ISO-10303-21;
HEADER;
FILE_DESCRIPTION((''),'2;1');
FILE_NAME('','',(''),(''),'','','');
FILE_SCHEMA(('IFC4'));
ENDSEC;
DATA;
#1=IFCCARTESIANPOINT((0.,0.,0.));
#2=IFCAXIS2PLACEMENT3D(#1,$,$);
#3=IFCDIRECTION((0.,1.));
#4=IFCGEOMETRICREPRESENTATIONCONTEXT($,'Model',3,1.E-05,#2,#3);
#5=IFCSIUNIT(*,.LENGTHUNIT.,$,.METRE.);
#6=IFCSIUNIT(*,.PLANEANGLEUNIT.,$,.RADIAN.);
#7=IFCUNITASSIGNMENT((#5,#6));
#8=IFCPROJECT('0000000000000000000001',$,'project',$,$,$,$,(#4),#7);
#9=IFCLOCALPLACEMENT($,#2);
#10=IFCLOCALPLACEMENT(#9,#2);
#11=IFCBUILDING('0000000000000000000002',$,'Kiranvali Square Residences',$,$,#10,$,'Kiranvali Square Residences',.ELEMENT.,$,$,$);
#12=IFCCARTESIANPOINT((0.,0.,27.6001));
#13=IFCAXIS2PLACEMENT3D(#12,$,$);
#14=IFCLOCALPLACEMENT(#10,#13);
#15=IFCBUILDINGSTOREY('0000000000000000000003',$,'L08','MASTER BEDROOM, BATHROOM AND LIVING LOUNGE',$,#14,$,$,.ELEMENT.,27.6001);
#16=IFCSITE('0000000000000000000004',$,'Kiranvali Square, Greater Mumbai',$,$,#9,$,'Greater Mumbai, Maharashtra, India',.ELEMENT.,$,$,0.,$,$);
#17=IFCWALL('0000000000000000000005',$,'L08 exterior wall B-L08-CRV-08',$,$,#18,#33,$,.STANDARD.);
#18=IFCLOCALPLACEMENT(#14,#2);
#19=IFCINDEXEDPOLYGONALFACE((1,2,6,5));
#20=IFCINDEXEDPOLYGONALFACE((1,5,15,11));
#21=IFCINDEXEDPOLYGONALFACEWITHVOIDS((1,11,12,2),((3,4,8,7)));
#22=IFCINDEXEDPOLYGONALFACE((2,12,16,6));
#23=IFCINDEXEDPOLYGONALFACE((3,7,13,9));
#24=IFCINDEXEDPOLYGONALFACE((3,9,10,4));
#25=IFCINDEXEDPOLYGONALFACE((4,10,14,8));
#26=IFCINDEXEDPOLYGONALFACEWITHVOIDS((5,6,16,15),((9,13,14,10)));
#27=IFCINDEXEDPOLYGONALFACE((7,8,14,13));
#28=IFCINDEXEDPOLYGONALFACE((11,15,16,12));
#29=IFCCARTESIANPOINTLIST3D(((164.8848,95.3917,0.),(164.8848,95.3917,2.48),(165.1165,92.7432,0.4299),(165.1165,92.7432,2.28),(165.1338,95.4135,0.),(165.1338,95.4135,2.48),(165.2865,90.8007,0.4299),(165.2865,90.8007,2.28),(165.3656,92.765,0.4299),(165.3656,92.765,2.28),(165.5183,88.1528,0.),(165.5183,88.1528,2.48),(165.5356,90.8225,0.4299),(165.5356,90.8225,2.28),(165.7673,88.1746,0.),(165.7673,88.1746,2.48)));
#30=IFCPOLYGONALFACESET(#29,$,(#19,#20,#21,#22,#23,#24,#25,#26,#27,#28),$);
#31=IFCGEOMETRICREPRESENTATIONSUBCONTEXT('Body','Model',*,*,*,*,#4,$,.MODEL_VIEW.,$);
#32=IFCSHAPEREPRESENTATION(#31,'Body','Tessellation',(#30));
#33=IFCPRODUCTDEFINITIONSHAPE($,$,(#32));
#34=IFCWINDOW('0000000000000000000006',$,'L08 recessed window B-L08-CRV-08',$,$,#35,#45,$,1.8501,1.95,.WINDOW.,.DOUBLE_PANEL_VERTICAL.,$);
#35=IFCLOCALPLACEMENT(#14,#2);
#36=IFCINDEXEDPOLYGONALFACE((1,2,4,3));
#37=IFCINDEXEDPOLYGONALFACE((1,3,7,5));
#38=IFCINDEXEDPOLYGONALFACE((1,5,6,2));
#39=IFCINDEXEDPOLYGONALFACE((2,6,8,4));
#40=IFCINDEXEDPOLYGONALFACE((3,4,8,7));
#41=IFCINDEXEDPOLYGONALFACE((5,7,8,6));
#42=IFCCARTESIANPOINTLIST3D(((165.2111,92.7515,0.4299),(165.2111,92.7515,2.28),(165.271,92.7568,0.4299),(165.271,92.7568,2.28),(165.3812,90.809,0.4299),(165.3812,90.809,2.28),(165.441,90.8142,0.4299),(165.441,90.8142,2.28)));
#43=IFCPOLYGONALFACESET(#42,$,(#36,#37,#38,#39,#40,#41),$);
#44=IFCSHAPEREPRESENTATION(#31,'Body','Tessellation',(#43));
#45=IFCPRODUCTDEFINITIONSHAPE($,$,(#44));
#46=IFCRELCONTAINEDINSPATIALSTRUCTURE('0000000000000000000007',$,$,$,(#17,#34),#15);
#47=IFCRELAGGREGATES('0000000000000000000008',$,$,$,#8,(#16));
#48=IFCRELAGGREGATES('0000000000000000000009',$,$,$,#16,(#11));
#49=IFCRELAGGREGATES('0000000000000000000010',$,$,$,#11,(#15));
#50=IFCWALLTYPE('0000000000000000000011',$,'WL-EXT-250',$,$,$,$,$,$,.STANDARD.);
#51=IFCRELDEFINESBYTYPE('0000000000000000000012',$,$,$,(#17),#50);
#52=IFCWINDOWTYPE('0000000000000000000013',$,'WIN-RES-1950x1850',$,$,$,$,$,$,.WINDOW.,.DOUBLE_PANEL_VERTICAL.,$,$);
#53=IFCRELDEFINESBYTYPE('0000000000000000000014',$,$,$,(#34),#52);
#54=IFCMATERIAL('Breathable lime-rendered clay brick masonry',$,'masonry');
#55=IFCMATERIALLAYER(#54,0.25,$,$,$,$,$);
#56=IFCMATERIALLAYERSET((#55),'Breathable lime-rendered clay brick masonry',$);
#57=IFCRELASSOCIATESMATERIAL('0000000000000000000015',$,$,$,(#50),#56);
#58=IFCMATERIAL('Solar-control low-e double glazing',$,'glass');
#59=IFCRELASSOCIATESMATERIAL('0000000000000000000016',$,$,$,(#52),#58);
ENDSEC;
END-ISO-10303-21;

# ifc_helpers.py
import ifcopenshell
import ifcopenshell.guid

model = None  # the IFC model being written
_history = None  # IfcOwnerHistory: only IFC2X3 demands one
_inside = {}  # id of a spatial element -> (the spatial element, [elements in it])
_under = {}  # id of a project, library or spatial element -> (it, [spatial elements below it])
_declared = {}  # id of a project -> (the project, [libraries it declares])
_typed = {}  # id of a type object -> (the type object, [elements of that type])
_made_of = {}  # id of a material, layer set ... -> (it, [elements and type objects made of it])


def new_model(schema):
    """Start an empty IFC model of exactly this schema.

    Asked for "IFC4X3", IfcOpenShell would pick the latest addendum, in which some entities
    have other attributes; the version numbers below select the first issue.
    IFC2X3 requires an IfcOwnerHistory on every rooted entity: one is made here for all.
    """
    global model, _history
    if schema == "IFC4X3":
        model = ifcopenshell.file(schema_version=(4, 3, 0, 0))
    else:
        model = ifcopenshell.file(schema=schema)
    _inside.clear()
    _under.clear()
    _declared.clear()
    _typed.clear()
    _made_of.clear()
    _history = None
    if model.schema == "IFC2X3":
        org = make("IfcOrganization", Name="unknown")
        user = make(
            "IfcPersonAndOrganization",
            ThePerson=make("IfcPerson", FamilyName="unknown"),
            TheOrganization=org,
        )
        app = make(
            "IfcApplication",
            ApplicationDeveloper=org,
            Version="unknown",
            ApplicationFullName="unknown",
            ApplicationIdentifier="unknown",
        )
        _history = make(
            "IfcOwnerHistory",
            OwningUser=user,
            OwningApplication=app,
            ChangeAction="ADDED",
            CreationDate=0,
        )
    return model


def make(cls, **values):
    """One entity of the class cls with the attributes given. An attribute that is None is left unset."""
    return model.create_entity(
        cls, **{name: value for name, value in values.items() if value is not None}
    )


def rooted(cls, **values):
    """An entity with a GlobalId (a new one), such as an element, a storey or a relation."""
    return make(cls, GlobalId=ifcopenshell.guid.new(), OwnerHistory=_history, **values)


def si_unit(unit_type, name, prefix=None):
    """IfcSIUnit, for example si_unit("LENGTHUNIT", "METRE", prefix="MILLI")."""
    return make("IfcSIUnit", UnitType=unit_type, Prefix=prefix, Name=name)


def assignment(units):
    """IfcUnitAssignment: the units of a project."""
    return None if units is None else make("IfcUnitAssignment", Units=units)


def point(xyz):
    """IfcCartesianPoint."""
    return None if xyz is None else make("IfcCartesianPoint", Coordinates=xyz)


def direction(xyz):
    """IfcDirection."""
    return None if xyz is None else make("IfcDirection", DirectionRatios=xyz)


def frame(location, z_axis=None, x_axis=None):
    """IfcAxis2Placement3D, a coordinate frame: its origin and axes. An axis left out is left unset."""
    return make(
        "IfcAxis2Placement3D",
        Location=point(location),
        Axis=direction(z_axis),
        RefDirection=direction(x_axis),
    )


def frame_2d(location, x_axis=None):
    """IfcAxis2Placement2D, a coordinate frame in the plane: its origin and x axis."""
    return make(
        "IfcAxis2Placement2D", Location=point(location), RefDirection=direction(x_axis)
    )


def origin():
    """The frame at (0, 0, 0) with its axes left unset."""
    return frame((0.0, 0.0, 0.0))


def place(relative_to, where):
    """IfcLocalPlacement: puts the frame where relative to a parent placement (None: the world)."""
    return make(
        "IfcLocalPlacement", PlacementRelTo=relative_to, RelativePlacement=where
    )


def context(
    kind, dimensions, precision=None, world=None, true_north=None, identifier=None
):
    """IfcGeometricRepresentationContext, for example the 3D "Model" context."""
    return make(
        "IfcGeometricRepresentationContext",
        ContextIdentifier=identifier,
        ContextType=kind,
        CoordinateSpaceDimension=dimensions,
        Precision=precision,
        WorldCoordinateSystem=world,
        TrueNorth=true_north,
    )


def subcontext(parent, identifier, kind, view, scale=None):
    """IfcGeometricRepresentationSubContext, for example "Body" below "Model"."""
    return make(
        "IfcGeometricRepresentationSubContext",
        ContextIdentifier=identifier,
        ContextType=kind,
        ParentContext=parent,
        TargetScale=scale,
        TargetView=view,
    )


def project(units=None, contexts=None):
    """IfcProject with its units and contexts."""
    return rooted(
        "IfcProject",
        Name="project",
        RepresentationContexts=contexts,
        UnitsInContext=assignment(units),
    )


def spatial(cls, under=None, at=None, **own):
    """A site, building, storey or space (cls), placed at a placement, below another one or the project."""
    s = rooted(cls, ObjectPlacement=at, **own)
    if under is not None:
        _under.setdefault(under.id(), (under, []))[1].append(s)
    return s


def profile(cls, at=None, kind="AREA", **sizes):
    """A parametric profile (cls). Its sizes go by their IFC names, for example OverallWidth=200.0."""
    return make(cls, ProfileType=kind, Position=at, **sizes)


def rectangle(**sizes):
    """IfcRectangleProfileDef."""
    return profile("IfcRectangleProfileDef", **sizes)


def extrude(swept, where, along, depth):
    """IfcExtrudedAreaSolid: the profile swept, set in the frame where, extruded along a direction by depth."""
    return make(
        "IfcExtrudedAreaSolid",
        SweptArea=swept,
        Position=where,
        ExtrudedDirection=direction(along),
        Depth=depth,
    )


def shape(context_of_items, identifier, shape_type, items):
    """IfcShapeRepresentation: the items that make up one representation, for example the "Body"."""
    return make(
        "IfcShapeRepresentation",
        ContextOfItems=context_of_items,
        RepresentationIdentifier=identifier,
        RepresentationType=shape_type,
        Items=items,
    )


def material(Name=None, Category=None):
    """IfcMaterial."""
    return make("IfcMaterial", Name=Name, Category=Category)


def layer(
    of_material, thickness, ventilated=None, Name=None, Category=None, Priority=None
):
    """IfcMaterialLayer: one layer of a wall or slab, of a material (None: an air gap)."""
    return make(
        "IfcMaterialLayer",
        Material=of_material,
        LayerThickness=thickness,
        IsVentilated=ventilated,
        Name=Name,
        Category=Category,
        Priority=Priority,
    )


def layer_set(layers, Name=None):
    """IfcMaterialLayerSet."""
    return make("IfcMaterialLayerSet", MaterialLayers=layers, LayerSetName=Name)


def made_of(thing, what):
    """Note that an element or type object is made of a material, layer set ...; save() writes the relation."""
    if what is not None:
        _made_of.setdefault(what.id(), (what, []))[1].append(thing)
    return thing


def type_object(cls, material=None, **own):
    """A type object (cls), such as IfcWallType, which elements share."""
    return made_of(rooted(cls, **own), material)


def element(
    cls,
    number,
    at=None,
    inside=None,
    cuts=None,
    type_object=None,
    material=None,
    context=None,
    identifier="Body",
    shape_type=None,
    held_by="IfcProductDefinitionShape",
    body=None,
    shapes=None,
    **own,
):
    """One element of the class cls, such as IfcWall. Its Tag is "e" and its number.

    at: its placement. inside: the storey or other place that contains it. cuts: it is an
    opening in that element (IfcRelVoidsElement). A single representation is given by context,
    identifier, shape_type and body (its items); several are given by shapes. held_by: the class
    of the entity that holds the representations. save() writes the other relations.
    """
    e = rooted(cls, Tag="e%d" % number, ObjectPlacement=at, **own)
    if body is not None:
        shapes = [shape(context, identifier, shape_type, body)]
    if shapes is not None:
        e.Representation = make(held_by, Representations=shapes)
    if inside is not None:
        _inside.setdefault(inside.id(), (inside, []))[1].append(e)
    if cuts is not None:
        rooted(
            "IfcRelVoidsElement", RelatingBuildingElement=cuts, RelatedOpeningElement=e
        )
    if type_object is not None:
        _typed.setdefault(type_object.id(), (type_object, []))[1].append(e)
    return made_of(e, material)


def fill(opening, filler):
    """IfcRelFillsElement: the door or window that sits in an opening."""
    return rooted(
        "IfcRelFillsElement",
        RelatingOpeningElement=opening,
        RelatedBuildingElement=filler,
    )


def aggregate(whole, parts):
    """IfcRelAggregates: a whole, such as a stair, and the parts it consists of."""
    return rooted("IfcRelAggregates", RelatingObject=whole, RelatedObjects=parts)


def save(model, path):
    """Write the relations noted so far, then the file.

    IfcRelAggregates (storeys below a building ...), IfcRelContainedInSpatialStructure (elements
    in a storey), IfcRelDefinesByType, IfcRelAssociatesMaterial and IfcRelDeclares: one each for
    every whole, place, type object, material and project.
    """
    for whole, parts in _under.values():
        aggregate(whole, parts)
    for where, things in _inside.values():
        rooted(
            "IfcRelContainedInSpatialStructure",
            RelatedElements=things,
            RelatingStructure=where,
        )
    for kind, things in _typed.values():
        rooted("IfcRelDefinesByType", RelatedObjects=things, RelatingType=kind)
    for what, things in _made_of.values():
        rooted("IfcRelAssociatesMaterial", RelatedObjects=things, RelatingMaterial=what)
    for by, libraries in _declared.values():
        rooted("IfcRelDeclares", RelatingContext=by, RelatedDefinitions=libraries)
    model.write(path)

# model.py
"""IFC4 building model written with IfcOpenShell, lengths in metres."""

from ifc_helpers import new_model, si_unit, direction, frame, frame_2d, origin, place, context, subcontext, project, spatial, rectangle, extrude, material, layer, layer_set, type_object, element, fill, save


model = new_model("IFC4")

# Units and contexts
model_context = context("Model", 3, precision=1e-05, world=origin(), true_north=direction((0.0, 1.0)))
body_context = subcontext(model_context, "Body", "Model", "MODEL_VIEW")
ifc_project = project(units=[si_unit("LENGTHUNIT", "METRE"), si_unit("PLANEANGLEUNIT", "RADIAN")], contexts=[model_context])

# Site, building, storey
site_placement = place(None, origin())
site = spatial("IfcSite", under=ifc_project, at=site_placement, Name="Kiranvali Square, Greater Mumbai", LongName="Greater Mumbai, Maharashtra, India", CompositionType="ELEMENT", RefElevation=0.0)
building_placement = place(site_placement, origin())
building = spatial("IfcBuilding", under=site, at=building_placement, Name="Kiranvali Square Residences", LongName="Kiranvali Square Residences", CompositionType="ELEMENT")
storey_placement = place(building_placement, frame((0.0, 0.0, 27.6001)))
storey = spatial("IfcBuildingStorey", under=building, at=storey_placement, Name="L08", Description="MASTER BEDROOM, BATHROOM AND LIVING LOUNGE", CompositionType="ELEMENT", Elevation=27.6001)

# Shared definitions
ifc_material_1 = material(Name="Breathable lime-rendered clay brick masonry", Category="masonry")
ifc_layer = layer(ifc_material_1, 0.25)
ifc_layer_set = layer_set([ifc_layer], Name="Breathable lime-rendered clay brick masonry")
wall_type = type_object("IfcWallType", Name="WL-EXT-250", PredefinedType="STANDARD", material=ifc_layer_set)
ifc_material_2 = material(Name="Solar-control low-e double glazing", Category="glass")

# Wall, opening, window
wall_1_placement = place(storey_placement, frame((165.0093, 95.4026, 0.0), z_axis=(0.0, 0.0, 1.0), x_axis=(0.087185, -0.996192, 0.0)))
wall_1 = element("IfcWall", 1, at=wall_1_placement, inside=storey, type_object=wall_type, Name="L08 exterior wall B-L08-CRV-08", PredefinedType="STANDARD", context=body_context, shape_type="SweptSolid", body=[
    extrude(rectangle(XDim=7.2666, YDim=0.25, at=frame_2d((3.6333, 0.0))), origin(), (0.0, 0.0, 1.0), 2.48),
])
opening_1_placement = place(wall_1_placement, frame((2.6584, 0.0, 0.4299)))
opening_1 = element("IfcOpeningElement", 2, at=opening_1_placement, cuts=wall_1, PredefinedType="OPENING", context=body_context, shape_type="SweptSolid", body=[
    extrude(rectangle(XDim=1.95, YDim=1.8501, at=frame_2d((0.9751, 0.925))), frame((0.0, 0.135, 0.0), z_axis=(0.0, -1.0, 0.0), x_axis=(1.0, 0.0, 0.0)), (0.0, 0.0, 1.0), 0.27),
])
window_type_1 = type_object("IfcWindowType", Name="WIN-RES-1950x1850", PartitioningType="DOUBLE_PANEL_VERTICAL", PredefinedType="WINDOW", material=ifc_material_2)
window_1_placement = place(opening_1_placement, origin())
window_1 = element("IfcWindow", 3, at=window_1_placement, inside=storey, type_object=window_type_1, Name="L08 recessed window B-L08-CRV-08", OverallHeight=1.8501, OverallWidth=1.95, PartitioningType="DOUBLE_PANEL_VERTICAL", PredefinedType="WINDOW", context=body_context, shape_type="SweptSolid", body=[
    extrude(rectangle(XDim=1.95, YDim=1.8501, at=frame_2d((0.9751, 0.925))), frame((0.0, 0.03, 0.0), z_axis=(0.0, -1.0, 0.0), x_axis=(1.0, 0.0, 0.0)), (0.0, 0.0, 1.0), 0.0601),
])
fill(opening_1, window_1)

save(model, "model.ifc")
